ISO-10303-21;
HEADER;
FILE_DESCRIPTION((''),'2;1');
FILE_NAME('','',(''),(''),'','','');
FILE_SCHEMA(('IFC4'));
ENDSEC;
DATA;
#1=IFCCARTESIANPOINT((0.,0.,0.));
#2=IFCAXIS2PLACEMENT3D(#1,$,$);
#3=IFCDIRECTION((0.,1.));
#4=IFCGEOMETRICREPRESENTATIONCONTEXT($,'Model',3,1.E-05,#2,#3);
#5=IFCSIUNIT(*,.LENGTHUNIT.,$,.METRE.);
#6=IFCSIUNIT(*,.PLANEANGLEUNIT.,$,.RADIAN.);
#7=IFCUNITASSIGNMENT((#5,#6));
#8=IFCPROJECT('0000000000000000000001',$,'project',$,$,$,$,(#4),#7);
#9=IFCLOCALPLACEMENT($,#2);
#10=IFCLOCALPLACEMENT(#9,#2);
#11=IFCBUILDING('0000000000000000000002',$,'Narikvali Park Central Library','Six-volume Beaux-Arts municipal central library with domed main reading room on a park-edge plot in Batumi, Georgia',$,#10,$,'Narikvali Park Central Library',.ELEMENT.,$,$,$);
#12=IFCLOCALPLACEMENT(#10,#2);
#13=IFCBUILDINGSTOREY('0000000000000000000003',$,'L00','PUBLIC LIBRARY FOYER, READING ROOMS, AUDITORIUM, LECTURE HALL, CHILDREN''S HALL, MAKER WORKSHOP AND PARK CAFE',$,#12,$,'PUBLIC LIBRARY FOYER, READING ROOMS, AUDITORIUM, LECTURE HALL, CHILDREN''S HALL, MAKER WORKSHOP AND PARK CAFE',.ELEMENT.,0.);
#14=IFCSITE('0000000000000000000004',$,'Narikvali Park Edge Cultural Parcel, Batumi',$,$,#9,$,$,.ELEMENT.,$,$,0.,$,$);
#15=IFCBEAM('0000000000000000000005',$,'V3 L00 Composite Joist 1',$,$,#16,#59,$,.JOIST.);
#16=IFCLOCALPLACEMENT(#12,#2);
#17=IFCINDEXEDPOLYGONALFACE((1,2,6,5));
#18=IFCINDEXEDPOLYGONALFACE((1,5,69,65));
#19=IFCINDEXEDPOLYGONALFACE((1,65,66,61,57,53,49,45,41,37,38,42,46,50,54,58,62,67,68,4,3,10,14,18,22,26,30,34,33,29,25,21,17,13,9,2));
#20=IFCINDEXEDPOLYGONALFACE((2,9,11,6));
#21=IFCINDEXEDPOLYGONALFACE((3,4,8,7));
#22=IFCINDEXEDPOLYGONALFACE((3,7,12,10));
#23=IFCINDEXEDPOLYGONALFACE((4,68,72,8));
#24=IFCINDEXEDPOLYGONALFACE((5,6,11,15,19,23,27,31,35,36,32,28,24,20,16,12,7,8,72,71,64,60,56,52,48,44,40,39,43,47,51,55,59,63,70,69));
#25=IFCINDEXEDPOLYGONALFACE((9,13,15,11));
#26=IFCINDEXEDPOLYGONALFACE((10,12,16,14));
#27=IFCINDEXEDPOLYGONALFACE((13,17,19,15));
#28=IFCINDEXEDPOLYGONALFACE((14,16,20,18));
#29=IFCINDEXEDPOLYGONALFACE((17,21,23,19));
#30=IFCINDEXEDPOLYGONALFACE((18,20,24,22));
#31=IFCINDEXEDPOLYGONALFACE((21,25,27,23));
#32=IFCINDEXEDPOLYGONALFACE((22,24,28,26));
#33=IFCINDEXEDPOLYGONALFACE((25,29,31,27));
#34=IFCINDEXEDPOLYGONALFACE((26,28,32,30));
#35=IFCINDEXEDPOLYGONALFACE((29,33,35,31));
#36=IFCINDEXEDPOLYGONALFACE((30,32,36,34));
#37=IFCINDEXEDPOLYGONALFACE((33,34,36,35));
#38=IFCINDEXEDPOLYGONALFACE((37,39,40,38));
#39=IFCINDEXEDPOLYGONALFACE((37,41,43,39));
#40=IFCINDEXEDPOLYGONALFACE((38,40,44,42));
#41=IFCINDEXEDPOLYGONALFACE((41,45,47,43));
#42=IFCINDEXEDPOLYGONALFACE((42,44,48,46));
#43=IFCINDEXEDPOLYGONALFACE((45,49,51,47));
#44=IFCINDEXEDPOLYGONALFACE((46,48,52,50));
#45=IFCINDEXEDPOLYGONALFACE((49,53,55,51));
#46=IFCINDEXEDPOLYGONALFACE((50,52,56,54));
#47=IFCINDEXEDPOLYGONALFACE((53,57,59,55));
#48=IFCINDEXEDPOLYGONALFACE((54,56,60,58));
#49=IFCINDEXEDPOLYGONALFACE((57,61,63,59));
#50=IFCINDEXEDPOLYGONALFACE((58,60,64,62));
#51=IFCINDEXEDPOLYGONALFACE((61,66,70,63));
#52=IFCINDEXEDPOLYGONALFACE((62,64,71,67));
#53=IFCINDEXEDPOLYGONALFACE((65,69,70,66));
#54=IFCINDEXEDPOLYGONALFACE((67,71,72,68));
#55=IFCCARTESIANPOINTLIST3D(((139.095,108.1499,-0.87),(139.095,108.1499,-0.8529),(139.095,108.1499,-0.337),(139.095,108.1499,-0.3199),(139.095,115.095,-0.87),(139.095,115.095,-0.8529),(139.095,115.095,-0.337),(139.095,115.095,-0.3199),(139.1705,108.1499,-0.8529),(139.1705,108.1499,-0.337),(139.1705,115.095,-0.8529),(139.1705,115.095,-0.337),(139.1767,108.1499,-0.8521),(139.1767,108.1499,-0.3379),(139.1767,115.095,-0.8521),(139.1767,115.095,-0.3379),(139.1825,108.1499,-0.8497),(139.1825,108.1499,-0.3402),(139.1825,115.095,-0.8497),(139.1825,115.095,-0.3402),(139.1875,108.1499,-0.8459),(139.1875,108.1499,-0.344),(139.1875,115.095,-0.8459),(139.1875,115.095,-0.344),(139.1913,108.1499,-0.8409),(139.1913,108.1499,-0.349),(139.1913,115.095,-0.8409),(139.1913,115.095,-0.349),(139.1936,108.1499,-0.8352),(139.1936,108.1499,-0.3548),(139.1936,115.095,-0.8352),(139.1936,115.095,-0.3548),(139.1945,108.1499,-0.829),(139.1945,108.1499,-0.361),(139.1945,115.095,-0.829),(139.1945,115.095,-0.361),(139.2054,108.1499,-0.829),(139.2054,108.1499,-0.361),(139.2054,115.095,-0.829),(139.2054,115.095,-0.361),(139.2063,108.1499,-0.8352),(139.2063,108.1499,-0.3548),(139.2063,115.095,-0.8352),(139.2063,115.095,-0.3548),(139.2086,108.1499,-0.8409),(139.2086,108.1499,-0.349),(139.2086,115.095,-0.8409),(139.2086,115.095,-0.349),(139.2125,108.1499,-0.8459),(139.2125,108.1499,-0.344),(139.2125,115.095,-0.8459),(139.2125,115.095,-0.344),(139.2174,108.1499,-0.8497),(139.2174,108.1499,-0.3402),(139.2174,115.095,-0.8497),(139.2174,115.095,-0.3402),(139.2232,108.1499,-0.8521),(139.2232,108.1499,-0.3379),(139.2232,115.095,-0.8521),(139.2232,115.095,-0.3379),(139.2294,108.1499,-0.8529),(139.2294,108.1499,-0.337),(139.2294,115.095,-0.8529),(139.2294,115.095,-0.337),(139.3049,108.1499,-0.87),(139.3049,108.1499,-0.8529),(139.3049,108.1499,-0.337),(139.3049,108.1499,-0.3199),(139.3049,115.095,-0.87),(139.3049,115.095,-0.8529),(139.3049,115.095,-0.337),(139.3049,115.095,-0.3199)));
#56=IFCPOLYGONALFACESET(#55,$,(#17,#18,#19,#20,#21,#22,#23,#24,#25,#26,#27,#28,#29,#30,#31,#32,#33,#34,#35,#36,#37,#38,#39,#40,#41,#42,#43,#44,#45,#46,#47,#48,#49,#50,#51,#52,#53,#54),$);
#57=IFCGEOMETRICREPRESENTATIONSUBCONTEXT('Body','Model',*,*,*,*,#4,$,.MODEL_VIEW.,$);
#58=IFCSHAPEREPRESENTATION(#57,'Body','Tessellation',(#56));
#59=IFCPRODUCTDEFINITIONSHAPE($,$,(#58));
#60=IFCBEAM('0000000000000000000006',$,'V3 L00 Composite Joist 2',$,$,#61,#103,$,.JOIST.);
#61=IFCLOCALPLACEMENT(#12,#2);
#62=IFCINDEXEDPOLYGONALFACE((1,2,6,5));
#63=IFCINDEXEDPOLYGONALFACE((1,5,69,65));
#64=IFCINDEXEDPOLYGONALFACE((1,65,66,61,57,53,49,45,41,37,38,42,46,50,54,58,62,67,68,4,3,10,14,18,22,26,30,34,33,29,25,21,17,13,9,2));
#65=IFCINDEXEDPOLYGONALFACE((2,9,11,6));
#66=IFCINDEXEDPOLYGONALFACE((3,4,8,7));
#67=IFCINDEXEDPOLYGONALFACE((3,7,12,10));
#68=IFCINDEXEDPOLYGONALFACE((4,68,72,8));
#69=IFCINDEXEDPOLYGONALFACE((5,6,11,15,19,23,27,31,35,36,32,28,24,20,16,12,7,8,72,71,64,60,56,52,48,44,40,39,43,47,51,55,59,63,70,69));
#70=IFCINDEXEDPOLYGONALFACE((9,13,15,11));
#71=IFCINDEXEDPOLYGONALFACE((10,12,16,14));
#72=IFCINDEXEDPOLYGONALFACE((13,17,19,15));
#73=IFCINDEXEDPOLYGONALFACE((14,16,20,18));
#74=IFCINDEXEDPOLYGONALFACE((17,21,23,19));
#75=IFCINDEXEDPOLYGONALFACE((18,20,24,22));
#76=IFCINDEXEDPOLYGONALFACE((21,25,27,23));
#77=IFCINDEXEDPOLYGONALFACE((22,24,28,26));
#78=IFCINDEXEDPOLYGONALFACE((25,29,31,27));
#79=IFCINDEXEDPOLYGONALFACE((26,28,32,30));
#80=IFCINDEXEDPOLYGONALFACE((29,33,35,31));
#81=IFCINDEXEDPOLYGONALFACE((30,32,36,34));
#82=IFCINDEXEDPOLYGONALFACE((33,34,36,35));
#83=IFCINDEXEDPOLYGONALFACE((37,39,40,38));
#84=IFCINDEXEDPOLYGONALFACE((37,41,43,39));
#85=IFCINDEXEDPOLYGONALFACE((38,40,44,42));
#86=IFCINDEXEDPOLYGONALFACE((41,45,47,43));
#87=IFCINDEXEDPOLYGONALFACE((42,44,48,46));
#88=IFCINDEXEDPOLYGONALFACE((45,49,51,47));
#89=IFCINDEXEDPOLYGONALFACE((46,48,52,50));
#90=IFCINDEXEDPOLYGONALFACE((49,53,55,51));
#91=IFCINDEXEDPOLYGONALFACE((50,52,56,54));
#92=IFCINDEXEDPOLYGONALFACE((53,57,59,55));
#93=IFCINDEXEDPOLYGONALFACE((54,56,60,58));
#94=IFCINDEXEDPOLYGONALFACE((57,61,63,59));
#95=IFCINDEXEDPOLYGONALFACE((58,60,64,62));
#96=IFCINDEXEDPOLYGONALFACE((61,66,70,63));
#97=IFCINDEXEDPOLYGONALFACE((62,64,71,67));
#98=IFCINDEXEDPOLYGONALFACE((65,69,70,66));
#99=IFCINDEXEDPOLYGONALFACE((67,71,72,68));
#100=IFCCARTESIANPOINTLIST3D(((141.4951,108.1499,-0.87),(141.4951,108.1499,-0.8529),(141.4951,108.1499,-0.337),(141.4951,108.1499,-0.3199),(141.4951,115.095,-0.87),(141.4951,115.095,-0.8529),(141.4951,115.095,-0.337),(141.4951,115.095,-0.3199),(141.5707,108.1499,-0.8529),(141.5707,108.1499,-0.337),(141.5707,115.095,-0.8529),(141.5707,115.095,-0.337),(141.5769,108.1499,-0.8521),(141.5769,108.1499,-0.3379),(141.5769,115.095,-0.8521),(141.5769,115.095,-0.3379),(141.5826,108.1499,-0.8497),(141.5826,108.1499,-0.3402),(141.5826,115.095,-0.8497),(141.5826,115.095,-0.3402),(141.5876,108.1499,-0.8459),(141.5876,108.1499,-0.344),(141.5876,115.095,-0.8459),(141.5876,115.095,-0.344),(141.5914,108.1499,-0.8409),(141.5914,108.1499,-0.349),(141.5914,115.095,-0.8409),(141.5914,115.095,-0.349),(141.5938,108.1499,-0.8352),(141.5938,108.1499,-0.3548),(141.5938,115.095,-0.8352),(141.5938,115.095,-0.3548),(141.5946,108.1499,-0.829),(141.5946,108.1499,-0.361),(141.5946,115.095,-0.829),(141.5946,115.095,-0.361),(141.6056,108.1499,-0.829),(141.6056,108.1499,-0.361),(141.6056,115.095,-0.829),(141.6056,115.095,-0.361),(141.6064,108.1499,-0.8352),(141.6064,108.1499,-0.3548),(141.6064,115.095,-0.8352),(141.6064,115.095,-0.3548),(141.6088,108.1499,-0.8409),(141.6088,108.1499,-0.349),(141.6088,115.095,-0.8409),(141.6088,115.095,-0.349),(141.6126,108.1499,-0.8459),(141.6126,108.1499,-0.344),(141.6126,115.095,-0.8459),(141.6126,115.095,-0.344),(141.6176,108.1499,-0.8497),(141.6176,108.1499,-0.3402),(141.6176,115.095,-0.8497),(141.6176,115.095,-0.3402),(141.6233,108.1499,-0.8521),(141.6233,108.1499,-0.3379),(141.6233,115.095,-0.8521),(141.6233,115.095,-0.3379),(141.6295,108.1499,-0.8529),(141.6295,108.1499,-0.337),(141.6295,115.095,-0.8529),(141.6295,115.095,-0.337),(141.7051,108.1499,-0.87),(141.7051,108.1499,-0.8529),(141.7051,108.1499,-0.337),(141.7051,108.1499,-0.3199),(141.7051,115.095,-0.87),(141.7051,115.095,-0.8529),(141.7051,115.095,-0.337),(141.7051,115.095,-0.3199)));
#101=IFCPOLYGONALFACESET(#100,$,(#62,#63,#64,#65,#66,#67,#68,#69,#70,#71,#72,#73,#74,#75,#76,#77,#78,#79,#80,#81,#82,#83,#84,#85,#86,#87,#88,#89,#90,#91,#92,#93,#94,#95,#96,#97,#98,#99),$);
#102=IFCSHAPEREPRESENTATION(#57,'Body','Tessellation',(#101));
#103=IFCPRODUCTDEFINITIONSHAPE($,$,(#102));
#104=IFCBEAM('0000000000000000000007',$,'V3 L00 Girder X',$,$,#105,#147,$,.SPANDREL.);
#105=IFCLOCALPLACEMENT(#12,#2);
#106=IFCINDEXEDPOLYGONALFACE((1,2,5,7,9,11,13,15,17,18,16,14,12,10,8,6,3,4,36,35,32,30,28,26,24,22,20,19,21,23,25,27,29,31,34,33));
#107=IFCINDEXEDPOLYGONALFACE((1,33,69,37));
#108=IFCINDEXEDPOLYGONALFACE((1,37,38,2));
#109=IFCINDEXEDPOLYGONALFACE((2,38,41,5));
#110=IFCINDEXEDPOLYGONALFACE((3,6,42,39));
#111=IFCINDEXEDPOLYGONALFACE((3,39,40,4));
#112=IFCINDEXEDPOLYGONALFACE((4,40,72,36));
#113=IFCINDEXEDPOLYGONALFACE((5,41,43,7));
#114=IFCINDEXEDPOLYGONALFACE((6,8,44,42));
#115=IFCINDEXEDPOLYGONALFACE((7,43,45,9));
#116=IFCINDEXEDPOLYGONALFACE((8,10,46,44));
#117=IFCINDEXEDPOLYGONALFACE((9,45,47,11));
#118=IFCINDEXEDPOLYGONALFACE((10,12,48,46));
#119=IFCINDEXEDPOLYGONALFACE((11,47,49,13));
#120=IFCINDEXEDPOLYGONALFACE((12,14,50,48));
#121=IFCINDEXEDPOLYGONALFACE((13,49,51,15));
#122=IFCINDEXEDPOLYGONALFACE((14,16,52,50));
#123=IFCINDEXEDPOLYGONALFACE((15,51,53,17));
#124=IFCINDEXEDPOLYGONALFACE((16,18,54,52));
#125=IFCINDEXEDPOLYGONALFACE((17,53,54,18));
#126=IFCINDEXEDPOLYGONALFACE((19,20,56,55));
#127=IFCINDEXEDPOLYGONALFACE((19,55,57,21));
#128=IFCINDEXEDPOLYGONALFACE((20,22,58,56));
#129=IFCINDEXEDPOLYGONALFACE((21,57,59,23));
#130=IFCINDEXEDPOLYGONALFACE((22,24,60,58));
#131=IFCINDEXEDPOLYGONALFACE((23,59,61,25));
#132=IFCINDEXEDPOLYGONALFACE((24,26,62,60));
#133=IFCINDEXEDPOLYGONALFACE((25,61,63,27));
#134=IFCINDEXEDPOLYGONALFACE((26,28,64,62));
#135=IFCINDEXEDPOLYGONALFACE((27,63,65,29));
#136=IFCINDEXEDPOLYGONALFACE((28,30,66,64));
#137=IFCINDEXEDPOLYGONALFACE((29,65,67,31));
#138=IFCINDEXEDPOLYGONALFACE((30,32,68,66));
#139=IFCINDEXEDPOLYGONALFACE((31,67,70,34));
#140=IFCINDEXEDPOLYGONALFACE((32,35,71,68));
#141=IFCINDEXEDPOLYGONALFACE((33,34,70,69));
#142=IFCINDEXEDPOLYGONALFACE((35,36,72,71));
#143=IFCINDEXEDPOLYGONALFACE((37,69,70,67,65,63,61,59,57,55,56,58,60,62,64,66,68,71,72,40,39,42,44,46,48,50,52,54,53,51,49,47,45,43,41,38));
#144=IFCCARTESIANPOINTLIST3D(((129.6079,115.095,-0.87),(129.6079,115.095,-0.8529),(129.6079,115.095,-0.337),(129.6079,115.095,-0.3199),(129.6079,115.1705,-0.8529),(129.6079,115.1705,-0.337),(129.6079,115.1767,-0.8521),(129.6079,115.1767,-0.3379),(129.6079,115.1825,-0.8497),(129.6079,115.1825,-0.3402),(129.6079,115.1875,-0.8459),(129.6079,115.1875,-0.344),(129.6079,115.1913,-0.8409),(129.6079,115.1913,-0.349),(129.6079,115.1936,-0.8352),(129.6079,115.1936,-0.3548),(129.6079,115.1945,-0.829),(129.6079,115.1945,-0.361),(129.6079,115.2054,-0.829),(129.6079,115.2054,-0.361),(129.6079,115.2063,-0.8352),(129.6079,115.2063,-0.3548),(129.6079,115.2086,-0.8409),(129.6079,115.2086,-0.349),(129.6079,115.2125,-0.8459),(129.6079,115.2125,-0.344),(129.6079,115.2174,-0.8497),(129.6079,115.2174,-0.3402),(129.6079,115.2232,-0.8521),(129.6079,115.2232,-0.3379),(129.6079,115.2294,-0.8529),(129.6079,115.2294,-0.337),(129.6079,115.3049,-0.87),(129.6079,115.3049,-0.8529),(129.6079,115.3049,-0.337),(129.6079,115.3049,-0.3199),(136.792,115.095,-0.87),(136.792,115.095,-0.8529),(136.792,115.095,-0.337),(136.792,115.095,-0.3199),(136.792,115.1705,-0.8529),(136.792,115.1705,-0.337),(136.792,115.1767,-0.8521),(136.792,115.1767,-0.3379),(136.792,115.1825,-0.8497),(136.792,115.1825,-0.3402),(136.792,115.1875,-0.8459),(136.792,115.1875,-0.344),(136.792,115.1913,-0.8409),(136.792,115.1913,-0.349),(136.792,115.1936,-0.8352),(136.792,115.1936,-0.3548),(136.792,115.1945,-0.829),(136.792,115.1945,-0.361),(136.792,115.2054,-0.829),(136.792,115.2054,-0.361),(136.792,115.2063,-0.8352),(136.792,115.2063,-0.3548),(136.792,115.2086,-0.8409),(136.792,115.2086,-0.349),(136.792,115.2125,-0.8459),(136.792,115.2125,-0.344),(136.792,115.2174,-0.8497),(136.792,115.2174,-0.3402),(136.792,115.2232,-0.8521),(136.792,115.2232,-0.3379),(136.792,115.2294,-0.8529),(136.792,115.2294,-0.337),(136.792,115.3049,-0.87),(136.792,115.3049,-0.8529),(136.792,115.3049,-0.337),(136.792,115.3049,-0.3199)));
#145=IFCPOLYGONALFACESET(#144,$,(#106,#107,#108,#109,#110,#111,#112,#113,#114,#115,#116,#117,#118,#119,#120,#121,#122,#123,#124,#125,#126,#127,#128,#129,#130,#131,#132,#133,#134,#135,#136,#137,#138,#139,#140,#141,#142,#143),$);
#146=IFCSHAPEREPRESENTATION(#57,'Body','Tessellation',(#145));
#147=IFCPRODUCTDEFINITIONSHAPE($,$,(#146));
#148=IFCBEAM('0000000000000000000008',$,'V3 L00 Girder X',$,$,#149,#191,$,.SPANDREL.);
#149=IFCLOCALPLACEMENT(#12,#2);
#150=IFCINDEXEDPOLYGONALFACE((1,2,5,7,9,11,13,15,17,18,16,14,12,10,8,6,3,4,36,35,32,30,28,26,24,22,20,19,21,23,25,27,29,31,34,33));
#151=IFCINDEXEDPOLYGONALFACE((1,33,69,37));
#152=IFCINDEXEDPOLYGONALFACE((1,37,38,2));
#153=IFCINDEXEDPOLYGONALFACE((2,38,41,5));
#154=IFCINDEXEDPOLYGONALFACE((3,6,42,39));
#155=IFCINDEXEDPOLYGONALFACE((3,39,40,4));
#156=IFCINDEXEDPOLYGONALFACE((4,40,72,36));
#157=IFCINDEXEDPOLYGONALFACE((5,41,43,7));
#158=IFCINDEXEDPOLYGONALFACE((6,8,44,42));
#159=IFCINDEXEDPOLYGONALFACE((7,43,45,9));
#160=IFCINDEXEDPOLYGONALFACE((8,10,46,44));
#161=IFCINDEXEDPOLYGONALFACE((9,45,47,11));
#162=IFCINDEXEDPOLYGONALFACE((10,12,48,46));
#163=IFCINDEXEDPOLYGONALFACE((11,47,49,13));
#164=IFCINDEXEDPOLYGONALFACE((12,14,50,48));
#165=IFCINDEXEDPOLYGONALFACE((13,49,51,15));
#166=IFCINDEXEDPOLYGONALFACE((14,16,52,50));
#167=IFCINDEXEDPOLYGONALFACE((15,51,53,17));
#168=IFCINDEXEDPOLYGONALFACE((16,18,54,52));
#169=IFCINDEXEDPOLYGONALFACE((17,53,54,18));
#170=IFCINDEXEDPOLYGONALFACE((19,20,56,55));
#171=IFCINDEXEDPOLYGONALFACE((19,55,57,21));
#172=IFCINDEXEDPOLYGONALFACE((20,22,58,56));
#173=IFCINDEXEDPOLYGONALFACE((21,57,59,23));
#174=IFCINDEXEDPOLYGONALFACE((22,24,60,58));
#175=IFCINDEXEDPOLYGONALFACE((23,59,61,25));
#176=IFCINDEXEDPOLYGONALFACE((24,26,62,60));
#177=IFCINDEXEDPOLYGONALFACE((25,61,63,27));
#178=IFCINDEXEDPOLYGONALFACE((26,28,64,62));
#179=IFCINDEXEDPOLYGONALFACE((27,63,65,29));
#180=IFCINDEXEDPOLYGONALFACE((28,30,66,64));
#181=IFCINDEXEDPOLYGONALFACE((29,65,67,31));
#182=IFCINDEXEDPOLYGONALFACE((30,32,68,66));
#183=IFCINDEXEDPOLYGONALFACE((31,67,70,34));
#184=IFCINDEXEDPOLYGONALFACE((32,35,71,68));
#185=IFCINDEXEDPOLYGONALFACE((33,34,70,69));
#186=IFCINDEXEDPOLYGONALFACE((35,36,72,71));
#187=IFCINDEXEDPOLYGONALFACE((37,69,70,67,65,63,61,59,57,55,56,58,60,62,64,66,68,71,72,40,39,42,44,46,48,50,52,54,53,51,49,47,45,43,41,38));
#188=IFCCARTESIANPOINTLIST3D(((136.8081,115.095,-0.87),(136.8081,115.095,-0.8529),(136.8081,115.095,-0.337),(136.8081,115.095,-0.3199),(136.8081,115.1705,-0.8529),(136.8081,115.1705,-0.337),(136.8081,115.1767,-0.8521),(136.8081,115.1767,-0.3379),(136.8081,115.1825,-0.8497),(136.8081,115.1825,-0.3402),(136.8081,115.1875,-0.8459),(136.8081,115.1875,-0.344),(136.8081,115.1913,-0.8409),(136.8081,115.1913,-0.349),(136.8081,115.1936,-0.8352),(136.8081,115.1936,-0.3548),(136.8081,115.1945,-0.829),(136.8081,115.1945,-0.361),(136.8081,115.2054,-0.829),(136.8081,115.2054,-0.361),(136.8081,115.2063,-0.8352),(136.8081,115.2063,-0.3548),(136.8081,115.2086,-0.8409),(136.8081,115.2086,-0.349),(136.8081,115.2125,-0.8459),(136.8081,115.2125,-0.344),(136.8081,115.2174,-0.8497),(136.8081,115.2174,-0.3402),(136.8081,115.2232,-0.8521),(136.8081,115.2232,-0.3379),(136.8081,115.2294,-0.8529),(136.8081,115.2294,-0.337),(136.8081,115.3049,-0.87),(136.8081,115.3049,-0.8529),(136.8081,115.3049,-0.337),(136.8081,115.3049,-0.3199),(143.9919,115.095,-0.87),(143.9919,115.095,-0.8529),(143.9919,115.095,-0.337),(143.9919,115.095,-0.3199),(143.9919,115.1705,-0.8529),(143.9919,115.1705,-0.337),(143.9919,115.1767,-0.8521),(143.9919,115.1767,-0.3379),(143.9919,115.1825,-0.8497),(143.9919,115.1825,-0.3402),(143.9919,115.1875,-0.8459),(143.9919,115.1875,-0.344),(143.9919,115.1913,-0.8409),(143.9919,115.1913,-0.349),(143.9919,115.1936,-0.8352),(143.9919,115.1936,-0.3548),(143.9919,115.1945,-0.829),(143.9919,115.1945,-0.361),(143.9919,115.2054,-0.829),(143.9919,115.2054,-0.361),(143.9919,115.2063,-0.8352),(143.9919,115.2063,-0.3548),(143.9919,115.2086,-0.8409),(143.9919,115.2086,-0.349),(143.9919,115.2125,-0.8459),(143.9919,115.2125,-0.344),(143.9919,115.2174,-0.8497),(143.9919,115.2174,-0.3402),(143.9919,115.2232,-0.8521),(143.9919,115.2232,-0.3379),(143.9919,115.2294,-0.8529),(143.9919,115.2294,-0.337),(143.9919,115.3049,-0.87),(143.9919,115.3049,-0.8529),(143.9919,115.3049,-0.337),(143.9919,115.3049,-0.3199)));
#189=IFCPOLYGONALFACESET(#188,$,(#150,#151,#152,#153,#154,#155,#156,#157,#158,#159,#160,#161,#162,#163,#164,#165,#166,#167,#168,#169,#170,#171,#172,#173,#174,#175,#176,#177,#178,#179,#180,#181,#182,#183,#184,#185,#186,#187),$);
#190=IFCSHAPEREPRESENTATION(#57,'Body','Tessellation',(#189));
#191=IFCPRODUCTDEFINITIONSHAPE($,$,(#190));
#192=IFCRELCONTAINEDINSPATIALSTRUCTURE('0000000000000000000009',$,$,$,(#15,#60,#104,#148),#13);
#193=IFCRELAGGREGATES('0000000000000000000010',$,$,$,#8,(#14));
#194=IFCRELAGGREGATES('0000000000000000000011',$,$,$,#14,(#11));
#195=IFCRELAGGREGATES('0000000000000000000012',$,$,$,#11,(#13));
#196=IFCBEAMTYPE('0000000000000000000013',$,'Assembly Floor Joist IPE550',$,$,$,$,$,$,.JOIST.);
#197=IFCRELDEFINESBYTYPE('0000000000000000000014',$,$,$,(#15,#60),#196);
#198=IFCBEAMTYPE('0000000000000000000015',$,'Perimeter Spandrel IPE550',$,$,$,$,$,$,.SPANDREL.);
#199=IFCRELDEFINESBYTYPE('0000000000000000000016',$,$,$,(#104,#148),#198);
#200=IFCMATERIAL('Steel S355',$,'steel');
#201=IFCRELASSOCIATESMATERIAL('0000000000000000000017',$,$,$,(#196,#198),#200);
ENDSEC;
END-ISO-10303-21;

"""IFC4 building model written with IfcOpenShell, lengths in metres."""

from ifc_helpers import new_model, si_unit, direction, frame, origin, origin_2d, place, context, subcontext, project, spatial, i_section, extrude, material, material_profile, profile_set, type_object, element, save


model = new_model("IFC4")

# Units and contexts
model_context = context("Model", 3, precision=1e-05, world=origin(), true_north=direction((0.0, 1.0)))
body_context = subcontext(model_context, "Body", "Model", "MODEL_VIEW")
ifc_project = project(units=[si_unit("LENGTHUNIT", "METRE"), si_unit("PLANEANGLEUNIT", "RADIAN")], contexts=[model_context])

# Site, building, storey
site_placement = place(None, origin())
site = spatial("IfcSite", under=ifc_project, at=site_placement, Name="Narikvali Park Edge Cultural Parcel, Batumi", CompositionType="ELEMENT", RefElevation=0.0)
building_placement = place(site_placement, origin())
building = spatial("IfcBuilding", under=site, at=building_placement, Name="Narikvali Park Central Library", Description="Six-volume Beaux-Arts municipal central library with domed main reading room on a park-edge plot in Batumi, Georgia", LongName="Narikvali Park Central Library", CompositionType="ELEMENT")
storey_placement = place(building_placement, origin())
storey = spatial("IfcBuildingStorey", under=building, at=storey_placement, Name="L00", Description="PUBLIC LIBRARY FOYER, READING ROOMS, AUDITORIUM, LECTURE HALL, CHILDREN'S HALL, MAKER WORKSHOP AND PARK CAFE", LongName="PUBLIC LIBRARY FOYER, READING ROOMS, AUDITORIUM, LECTURE HALL, CHILDREN'S HALL, MAKER WORKSHOP AND PARK CAFE", CompositionType="ELEMENT", Elevation=0.0)

# Shared definitions
ifc_material_1 = material(Name="Steel S355", Category="steel")

# Beams
ifc_material_profile_1 = material_profile(ifc_material_1, i_section(OverallWidth=0.21, OverallDepth=0.55, WebThickness=0.011, FlangeThickness=0.0171, FilletRadius=0.0239, at=origin_2d()), Name="IPE 550")
ifc_profile_set_1 = profile_set([ifc_material_profile_1], Name="Steel S355")
beam_type_1 = type_object("IfcBeamType", Name="Assembly Floor Joist IPE550", PredefinedType="JOIST", material=ifc_profile_set_1)
for number, where, z_axis, x_axis, name in (
    (1, (139.2, 108.1499, -0.595), (0.0, 1.0, 0.0), (-1.0, 0.0, 0.0), "V3 L00 Composite Joist 1"),
    (2, (141.6001, 108.1499, -0.595), (0.0, 1.0, 0.0), (-1.0, 0.0, 0.0), "V3 L00 Composite Joist 2"),
):
    element("IfcBeam", number, at=place(storey_placement, frame(where, z_axis=z_axis, x_axis=x_axis)), inside=storey, type_object=beam_type_1, Name=name, PredefinedType="JOIST", context=body_context, shape_type="SweptSolid", body=[
        extrude(i_section(OverallWidth=0.21, OverallDepth=0.55, WebThickness=0.011, FlangeThickness=0.0171, FilletRadius=0.0239, at=origin_2d()), origin(), (0.0, 0.0, 1.0), 6.9451),
    ])
ifc_material_profile_2 = material_profile(ifc_material_1, i_section(OverallWidth=0.21, OverallDepth=0.55, WebThickness=0.011, FlangeThickness=0.0171, FilletRadius=0.0239, at=origin_2d()), Name="IPE 550")
ifc_profile_set_2 = profile_set([ifc_material_profile_2], Name="Steel S355")
beam_type_2 = type_object("IfcBeamType", Name="Perimeter Spandrel IPE550", PredefinedType="SPANDREL", material=ifc_profile_set_2)
beam_1_placement = place(storey_placement, frame((129.6079, 115.2, -0.595), z_axis=(1.0, 0.0, 0.0), x_axis=(0.0, 1.0, 0.0)))
element("IfcBeam", 3, at=beam_1_placement, inside=storey, type_object=beam_type_2, Name="V3 L00 Girder X", PredefinedType="SPANDREL", context=body_context, shape_type="SweptSolid", body=[
    extrude(i_section(OverallWidth=0.21, OverallDepth=0.55, WebThickness=0.011, FlangeThickness=0.0171, FilletRadius=0.0239, at=origin_2d()), origin(), (0.0, 0.0, 1.0), 7.1841),
])
beam_2_placement = place(storey_placement, frame((136.8081, 115.2, -0.595), z_axis=(1.0, 0.0, 0.0), x_axis=(0.0, 1.0, 0.0)))
element("IfcBeam", 4, at=beam_2_placement, inside=storey, type_object=beam_type_2, Name="V3 L00 Girder X", PredefinedType="SPANDREL", context=body_context, shape_type="SweptSolid", body=[
    extrude(i_section(OverallWidth=0.21, OverallDepth=0.55, WebThickness=0.011, FlangeThickness=0.0171, FilletRadius=0.0239, at=origin_2d()), origin(), (0.0, 0.0, 1.0), 7.1838),
])

save(model, "model.ifc")
